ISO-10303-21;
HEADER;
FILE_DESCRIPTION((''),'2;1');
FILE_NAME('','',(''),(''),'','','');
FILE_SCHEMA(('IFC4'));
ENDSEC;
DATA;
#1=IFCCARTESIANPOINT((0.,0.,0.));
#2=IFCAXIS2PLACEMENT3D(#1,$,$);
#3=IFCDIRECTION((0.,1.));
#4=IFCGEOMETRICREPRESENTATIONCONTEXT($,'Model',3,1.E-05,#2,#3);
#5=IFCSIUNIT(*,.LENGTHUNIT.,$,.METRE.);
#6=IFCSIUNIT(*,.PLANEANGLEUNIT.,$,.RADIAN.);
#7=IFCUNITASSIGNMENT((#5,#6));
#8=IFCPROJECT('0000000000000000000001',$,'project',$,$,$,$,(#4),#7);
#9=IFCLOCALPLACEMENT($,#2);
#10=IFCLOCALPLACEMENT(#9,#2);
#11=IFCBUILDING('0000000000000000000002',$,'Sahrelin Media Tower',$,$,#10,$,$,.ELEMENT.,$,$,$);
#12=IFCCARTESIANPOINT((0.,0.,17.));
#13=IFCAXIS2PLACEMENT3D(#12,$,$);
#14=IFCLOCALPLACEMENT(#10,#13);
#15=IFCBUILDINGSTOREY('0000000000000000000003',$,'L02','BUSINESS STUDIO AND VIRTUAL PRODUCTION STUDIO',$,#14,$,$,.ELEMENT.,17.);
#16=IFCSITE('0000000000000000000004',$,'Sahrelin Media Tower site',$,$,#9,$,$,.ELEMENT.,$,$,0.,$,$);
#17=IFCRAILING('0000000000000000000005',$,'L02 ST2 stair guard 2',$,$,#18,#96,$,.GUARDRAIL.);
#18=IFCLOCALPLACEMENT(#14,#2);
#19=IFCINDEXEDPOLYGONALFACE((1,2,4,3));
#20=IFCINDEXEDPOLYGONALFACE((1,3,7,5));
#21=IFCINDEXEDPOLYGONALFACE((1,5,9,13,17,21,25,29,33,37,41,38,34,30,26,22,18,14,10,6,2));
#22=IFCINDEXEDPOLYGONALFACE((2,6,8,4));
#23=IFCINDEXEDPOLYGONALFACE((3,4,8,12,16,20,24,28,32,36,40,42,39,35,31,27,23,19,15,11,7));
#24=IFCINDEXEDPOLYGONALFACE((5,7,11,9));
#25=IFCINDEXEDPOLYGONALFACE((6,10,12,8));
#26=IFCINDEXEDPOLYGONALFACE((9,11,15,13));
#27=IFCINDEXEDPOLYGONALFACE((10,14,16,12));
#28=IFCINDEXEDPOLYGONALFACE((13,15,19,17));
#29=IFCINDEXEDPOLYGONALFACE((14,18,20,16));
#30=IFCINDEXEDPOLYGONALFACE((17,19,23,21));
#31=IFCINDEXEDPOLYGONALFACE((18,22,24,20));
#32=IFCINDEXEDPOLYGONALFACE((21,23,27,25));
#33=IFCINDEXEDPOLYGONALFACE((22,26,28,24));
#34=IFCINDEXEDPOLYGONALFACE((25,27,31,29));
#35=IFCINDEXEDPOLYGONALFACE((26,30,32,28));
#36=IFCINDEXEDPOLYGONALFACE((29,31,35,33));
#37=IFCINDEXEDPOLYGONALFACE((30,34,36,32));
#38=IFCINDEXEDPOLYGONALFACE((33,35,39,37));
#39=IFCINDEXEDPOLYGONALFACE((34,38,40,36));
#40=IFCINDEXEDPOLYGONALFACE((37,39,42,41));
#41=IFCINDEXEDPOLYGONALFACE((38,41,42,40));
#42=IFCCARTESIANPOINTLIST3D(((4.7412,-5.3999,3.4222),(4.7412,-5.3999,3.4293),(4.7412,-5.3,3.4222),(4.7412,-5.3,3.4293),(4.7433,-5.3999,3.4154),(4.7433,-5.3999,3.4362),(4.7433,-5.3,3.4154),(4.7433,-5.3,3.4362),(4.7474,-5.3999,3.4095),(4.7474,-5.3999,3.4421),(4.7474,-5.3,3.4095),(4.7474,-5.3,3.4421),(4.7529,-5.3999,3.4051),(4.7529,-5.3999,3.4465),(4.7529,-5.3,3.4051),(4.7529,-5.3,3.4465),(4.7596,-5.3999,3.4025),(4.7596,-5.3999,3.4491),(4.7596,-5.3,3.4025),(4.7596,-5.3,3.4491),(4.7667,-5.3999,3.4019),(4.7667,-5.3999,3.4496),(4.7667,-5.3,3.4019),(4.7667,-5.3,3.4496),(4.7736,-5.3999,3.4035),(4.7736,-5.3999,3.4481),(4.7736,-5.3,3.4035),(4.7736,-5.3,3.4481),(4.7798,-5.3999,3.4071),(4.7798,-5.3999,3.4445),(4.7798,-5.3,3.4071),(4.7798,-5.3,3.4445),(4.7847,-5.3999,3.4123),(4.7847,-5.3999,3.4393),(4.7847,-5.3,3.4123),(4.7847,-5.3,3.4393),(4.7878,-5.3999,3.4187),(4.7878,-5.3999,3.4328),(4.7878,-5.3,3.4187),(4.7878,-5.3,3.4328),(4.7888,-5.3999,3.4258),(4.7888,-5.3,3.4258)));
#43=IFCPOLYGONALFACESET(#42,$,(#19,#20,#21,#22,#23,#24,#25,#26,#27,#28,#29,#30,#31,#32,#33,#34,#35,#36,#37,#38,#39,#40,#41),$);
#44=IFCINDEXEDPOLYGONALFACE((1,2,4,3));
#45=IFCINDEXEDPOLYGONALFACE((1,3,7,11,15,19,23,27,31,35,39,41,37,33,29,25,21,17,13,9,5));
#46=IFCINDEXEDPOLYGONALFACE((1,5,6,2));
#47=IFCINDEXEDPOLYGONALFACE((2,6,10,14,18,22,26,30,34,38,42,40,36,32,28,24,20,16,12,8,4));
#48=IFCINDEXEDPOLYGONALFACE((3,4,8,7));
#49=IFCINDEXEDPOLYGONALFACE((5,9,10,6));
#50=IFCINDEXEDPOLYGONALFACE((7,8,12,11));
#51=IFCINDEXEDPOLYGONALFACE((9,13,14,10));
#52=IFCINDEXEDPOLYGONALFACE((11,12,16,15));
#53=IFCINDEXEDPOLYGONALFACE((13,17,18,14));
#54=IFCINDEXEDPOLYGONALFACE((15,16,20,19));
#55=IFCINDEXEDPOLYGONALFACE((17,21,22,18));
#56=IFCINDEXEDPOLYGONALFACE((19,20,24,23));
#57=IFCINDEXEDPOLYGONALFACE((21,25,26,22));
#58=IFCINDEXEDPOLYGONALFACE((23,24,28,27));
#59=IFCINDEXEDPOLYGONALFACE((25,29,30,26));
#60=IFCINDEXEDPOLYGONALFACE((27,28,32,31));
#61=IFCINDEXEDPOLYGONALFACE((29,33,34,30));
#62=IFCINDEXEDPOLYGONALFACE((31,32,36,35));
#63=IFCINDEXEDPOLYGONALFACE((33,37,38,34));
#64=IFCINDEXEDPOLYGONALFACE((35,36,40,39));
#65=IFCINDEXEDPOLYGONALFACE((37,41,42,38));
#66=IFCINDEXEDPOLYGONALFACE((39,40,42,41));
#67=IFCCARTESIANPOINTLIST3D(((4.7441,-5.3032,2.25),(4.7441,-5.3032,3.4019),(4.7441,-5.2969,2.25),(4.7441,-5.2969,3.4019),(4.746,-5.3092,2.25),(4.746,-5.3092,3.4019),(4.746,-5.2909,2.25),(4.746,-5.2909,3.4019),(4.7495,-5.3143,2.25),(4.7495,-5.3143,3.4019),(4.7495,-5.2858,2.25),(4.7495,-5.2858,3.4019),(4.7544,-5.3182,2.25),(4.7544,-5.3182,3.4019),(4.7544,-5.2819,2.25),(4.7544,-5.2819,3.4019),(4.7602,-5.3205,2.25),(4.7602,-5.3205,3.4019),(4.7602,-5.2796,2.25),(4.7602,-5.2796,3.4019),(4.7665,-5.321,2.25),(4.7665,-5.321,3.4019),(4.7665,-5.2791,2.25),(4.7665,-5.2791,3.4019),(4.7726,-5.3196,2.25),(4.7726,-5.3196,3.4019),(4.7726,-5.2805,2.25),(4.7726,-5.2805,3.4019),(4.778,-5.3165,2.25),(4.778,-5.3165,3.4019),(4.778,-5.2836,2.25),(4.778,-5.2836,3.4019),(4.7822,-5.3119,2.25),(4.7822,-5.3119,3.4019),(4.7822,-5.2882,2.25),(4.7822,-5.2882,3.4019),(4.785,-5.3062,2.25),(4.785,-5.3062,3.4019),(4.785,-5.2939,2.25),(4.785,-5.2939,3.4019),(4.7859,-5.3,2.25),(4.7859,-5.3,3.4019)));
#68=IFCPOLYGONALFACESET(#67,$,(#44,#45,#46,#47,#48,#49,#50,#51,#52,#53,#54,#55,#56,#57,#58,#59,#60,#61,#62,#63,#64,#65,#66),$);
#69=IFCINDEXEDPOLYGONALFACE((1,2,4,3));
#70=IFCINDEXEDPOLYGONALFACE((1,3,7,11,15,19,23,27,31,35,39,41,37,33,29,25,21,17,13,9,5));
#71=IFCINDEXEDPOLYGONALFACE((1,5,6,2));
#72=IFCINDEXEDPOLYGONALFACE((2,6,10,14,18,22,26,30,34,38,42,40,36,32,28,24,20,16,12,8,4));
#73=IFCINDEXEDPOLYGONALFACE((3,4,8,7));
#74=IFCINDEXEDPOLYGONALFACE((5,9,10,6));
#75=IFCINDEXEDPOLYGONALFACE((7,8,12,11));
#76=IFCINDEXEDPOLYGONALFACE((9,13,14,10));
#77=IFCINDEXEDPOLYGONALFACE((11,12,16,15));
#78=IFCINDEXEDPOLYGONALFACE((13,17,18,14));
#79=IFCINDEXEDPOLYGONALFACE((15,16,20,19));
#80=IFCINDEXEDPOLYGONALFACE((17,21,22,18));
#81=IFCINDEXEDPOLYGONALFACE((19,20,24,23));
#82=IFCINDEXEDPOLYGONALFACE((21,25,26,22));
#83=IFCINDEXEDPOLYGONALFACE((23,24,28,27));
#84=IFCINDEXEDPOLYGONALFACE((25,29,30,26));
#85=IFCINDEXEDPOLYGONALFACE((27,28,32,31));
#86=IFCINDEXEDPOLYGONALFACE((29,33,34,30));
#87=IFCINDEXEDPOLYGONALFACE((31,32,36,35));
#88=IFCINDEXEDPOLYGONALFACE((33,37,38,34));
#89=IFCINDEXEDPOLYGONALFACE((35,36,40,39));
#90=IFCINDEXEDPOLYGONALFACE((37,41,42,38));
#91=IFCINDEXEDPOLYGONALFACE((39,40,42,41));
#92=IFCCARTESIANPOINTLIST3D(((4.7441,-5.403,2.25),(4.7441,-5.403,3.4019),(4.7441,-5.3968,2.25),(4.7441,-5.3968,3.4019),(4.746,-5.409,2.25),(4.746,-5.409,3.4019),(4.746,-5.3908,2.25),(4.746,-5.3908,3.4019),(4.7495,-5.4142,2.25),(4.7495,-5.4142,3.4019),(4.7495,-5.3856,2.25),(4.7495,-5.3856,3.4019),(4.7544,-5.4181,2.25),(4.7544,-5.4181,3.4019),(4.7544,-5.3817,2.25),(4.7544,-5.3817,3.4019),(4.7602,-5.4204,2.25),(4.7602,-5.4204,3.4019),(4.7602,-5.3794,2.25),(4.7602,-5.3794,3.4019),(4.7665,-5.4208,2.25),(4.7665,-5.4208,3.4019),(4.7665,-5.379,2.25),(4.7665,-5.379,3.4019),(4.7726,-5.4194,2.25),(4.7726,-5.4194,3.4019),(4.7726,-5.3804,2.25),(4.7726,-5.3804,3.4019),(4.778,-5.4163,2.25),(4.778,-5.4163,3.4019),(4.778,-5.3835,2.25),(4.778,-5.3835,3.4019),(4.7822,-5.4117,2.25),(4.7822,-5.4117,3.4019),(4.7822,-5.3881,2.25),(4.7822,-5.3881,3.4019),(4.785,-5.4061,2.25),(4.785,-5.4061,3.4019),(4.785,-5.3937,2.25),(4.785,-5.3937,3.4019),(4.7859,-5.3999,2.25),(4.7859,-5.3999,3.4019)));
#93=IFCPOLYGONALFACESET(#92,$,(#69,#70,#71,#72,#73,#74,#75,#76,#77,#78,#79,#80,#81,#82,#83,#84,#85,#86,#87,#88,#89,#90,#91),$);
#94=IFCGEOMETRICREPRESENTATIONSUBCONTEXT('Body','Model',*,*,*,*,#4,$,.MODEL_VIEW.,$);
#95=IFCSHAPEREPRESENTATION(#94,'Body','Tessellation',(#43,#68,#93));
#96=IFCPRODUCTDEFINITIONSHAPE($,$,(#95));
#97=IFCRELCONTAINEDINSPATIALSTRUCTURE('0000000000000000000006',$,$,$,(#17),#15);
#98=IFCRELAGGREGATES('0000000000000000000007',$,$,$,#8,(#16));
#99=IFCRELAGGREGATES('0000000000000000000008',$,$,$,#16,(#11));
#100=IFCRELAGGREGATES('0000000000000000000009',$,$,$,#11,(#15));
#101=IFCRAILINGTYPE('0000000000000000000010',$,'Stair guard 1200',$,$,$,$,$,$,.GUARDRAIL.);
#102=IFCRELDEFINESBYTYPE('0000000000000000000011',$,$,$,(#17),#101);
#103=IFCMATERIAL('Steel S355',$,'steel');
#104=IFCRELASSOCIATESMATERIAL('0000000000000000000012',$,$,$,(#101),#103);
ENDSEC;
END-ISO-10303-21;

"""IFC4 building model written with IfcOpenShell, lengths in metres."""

from ifc_helpers import new_model, si_unit, direction, frame, origin, origin_2d, place, context, subcontext, project, spatial, circle, extrude, material, type_object, element, save


model = new_model("IFC4")

# Units and contexts
model_context = context("Model", 3, precision=1e-05, world=origin(), true_north=direction((0.0, 1.0)))
body_context = subcontext(model_context, "Body", "Model", "MODEL_VIEW")
ifc_project = project(units=[si_unit("LENGTHUNIT", "METRE"), si_unit("PLANEANGLEUNIT", "RADIAN")], contexts=[model_context])

# Site, building, storey
site_placement = place(None, origin())
site = spatial("IfcSite", under=ifc_project, at=site_placement, Name="Sahrelin Media Tower site", CompositionType="ELEMENT", RefElevation=0.0)
building_placement = place(site_placement, origin())
building = spatial("IfcBuilding", under=site, at=building_placement, Name="Sahrelin Media Tower", CompositionType="ELEMENT")
storey_placement = place(building_placement, frame((0.0, 0.0, 17.0)))
storey = spatial("IfcBuildingStorey", under=building, at=storey_placement, Name="L02", Description="BUSINESS STUDIO AND VIRTUAL PRODUCTION STUDIO", CompositionType="ELEMENT", Elevation=17.0)

# Railing
ifc_material_1 = material(Name="Steel S355", Category="steel")
railing_type_1 = type_object("IfcRailingType", Name="Stair guard 1200", PredefinedType="GUARDRAIL", material=ifc_material_1)
railing_1_placement = place(storey_placement, frame((4.7649, -5.3, 2.25)))
element("IfcRailing", 1, at=railing_1_placement, inside=storey, type_object=railing_type_1, Name="L02 ST2 stair guard 2", PredefinedType="GUARDRAIL", context=body_context, shape_type="SweptSolid", body=[
    extrude(circle(Radius=0.0239, at=origin_2d()), frame((0.0, 0.0, 1.1758), z_axis=(0.0, -1.0, 0.0), x_axis=(1.0, 0.0, 0.0)), (0.0, 0.0, 1.0), 0.0999),
    extrude(circle(Radius=0.021, at=origin_2d()), origin(), (0.0, 0.0, 1.0), 1.1519),
    extrude(circle(Radius=0.021, at=origin_2d()), frame((0.0, -0.0999, 0.0)), (0.0, 0.0, 1.0), 1.1519),
])

save(model, "model.ifc")
